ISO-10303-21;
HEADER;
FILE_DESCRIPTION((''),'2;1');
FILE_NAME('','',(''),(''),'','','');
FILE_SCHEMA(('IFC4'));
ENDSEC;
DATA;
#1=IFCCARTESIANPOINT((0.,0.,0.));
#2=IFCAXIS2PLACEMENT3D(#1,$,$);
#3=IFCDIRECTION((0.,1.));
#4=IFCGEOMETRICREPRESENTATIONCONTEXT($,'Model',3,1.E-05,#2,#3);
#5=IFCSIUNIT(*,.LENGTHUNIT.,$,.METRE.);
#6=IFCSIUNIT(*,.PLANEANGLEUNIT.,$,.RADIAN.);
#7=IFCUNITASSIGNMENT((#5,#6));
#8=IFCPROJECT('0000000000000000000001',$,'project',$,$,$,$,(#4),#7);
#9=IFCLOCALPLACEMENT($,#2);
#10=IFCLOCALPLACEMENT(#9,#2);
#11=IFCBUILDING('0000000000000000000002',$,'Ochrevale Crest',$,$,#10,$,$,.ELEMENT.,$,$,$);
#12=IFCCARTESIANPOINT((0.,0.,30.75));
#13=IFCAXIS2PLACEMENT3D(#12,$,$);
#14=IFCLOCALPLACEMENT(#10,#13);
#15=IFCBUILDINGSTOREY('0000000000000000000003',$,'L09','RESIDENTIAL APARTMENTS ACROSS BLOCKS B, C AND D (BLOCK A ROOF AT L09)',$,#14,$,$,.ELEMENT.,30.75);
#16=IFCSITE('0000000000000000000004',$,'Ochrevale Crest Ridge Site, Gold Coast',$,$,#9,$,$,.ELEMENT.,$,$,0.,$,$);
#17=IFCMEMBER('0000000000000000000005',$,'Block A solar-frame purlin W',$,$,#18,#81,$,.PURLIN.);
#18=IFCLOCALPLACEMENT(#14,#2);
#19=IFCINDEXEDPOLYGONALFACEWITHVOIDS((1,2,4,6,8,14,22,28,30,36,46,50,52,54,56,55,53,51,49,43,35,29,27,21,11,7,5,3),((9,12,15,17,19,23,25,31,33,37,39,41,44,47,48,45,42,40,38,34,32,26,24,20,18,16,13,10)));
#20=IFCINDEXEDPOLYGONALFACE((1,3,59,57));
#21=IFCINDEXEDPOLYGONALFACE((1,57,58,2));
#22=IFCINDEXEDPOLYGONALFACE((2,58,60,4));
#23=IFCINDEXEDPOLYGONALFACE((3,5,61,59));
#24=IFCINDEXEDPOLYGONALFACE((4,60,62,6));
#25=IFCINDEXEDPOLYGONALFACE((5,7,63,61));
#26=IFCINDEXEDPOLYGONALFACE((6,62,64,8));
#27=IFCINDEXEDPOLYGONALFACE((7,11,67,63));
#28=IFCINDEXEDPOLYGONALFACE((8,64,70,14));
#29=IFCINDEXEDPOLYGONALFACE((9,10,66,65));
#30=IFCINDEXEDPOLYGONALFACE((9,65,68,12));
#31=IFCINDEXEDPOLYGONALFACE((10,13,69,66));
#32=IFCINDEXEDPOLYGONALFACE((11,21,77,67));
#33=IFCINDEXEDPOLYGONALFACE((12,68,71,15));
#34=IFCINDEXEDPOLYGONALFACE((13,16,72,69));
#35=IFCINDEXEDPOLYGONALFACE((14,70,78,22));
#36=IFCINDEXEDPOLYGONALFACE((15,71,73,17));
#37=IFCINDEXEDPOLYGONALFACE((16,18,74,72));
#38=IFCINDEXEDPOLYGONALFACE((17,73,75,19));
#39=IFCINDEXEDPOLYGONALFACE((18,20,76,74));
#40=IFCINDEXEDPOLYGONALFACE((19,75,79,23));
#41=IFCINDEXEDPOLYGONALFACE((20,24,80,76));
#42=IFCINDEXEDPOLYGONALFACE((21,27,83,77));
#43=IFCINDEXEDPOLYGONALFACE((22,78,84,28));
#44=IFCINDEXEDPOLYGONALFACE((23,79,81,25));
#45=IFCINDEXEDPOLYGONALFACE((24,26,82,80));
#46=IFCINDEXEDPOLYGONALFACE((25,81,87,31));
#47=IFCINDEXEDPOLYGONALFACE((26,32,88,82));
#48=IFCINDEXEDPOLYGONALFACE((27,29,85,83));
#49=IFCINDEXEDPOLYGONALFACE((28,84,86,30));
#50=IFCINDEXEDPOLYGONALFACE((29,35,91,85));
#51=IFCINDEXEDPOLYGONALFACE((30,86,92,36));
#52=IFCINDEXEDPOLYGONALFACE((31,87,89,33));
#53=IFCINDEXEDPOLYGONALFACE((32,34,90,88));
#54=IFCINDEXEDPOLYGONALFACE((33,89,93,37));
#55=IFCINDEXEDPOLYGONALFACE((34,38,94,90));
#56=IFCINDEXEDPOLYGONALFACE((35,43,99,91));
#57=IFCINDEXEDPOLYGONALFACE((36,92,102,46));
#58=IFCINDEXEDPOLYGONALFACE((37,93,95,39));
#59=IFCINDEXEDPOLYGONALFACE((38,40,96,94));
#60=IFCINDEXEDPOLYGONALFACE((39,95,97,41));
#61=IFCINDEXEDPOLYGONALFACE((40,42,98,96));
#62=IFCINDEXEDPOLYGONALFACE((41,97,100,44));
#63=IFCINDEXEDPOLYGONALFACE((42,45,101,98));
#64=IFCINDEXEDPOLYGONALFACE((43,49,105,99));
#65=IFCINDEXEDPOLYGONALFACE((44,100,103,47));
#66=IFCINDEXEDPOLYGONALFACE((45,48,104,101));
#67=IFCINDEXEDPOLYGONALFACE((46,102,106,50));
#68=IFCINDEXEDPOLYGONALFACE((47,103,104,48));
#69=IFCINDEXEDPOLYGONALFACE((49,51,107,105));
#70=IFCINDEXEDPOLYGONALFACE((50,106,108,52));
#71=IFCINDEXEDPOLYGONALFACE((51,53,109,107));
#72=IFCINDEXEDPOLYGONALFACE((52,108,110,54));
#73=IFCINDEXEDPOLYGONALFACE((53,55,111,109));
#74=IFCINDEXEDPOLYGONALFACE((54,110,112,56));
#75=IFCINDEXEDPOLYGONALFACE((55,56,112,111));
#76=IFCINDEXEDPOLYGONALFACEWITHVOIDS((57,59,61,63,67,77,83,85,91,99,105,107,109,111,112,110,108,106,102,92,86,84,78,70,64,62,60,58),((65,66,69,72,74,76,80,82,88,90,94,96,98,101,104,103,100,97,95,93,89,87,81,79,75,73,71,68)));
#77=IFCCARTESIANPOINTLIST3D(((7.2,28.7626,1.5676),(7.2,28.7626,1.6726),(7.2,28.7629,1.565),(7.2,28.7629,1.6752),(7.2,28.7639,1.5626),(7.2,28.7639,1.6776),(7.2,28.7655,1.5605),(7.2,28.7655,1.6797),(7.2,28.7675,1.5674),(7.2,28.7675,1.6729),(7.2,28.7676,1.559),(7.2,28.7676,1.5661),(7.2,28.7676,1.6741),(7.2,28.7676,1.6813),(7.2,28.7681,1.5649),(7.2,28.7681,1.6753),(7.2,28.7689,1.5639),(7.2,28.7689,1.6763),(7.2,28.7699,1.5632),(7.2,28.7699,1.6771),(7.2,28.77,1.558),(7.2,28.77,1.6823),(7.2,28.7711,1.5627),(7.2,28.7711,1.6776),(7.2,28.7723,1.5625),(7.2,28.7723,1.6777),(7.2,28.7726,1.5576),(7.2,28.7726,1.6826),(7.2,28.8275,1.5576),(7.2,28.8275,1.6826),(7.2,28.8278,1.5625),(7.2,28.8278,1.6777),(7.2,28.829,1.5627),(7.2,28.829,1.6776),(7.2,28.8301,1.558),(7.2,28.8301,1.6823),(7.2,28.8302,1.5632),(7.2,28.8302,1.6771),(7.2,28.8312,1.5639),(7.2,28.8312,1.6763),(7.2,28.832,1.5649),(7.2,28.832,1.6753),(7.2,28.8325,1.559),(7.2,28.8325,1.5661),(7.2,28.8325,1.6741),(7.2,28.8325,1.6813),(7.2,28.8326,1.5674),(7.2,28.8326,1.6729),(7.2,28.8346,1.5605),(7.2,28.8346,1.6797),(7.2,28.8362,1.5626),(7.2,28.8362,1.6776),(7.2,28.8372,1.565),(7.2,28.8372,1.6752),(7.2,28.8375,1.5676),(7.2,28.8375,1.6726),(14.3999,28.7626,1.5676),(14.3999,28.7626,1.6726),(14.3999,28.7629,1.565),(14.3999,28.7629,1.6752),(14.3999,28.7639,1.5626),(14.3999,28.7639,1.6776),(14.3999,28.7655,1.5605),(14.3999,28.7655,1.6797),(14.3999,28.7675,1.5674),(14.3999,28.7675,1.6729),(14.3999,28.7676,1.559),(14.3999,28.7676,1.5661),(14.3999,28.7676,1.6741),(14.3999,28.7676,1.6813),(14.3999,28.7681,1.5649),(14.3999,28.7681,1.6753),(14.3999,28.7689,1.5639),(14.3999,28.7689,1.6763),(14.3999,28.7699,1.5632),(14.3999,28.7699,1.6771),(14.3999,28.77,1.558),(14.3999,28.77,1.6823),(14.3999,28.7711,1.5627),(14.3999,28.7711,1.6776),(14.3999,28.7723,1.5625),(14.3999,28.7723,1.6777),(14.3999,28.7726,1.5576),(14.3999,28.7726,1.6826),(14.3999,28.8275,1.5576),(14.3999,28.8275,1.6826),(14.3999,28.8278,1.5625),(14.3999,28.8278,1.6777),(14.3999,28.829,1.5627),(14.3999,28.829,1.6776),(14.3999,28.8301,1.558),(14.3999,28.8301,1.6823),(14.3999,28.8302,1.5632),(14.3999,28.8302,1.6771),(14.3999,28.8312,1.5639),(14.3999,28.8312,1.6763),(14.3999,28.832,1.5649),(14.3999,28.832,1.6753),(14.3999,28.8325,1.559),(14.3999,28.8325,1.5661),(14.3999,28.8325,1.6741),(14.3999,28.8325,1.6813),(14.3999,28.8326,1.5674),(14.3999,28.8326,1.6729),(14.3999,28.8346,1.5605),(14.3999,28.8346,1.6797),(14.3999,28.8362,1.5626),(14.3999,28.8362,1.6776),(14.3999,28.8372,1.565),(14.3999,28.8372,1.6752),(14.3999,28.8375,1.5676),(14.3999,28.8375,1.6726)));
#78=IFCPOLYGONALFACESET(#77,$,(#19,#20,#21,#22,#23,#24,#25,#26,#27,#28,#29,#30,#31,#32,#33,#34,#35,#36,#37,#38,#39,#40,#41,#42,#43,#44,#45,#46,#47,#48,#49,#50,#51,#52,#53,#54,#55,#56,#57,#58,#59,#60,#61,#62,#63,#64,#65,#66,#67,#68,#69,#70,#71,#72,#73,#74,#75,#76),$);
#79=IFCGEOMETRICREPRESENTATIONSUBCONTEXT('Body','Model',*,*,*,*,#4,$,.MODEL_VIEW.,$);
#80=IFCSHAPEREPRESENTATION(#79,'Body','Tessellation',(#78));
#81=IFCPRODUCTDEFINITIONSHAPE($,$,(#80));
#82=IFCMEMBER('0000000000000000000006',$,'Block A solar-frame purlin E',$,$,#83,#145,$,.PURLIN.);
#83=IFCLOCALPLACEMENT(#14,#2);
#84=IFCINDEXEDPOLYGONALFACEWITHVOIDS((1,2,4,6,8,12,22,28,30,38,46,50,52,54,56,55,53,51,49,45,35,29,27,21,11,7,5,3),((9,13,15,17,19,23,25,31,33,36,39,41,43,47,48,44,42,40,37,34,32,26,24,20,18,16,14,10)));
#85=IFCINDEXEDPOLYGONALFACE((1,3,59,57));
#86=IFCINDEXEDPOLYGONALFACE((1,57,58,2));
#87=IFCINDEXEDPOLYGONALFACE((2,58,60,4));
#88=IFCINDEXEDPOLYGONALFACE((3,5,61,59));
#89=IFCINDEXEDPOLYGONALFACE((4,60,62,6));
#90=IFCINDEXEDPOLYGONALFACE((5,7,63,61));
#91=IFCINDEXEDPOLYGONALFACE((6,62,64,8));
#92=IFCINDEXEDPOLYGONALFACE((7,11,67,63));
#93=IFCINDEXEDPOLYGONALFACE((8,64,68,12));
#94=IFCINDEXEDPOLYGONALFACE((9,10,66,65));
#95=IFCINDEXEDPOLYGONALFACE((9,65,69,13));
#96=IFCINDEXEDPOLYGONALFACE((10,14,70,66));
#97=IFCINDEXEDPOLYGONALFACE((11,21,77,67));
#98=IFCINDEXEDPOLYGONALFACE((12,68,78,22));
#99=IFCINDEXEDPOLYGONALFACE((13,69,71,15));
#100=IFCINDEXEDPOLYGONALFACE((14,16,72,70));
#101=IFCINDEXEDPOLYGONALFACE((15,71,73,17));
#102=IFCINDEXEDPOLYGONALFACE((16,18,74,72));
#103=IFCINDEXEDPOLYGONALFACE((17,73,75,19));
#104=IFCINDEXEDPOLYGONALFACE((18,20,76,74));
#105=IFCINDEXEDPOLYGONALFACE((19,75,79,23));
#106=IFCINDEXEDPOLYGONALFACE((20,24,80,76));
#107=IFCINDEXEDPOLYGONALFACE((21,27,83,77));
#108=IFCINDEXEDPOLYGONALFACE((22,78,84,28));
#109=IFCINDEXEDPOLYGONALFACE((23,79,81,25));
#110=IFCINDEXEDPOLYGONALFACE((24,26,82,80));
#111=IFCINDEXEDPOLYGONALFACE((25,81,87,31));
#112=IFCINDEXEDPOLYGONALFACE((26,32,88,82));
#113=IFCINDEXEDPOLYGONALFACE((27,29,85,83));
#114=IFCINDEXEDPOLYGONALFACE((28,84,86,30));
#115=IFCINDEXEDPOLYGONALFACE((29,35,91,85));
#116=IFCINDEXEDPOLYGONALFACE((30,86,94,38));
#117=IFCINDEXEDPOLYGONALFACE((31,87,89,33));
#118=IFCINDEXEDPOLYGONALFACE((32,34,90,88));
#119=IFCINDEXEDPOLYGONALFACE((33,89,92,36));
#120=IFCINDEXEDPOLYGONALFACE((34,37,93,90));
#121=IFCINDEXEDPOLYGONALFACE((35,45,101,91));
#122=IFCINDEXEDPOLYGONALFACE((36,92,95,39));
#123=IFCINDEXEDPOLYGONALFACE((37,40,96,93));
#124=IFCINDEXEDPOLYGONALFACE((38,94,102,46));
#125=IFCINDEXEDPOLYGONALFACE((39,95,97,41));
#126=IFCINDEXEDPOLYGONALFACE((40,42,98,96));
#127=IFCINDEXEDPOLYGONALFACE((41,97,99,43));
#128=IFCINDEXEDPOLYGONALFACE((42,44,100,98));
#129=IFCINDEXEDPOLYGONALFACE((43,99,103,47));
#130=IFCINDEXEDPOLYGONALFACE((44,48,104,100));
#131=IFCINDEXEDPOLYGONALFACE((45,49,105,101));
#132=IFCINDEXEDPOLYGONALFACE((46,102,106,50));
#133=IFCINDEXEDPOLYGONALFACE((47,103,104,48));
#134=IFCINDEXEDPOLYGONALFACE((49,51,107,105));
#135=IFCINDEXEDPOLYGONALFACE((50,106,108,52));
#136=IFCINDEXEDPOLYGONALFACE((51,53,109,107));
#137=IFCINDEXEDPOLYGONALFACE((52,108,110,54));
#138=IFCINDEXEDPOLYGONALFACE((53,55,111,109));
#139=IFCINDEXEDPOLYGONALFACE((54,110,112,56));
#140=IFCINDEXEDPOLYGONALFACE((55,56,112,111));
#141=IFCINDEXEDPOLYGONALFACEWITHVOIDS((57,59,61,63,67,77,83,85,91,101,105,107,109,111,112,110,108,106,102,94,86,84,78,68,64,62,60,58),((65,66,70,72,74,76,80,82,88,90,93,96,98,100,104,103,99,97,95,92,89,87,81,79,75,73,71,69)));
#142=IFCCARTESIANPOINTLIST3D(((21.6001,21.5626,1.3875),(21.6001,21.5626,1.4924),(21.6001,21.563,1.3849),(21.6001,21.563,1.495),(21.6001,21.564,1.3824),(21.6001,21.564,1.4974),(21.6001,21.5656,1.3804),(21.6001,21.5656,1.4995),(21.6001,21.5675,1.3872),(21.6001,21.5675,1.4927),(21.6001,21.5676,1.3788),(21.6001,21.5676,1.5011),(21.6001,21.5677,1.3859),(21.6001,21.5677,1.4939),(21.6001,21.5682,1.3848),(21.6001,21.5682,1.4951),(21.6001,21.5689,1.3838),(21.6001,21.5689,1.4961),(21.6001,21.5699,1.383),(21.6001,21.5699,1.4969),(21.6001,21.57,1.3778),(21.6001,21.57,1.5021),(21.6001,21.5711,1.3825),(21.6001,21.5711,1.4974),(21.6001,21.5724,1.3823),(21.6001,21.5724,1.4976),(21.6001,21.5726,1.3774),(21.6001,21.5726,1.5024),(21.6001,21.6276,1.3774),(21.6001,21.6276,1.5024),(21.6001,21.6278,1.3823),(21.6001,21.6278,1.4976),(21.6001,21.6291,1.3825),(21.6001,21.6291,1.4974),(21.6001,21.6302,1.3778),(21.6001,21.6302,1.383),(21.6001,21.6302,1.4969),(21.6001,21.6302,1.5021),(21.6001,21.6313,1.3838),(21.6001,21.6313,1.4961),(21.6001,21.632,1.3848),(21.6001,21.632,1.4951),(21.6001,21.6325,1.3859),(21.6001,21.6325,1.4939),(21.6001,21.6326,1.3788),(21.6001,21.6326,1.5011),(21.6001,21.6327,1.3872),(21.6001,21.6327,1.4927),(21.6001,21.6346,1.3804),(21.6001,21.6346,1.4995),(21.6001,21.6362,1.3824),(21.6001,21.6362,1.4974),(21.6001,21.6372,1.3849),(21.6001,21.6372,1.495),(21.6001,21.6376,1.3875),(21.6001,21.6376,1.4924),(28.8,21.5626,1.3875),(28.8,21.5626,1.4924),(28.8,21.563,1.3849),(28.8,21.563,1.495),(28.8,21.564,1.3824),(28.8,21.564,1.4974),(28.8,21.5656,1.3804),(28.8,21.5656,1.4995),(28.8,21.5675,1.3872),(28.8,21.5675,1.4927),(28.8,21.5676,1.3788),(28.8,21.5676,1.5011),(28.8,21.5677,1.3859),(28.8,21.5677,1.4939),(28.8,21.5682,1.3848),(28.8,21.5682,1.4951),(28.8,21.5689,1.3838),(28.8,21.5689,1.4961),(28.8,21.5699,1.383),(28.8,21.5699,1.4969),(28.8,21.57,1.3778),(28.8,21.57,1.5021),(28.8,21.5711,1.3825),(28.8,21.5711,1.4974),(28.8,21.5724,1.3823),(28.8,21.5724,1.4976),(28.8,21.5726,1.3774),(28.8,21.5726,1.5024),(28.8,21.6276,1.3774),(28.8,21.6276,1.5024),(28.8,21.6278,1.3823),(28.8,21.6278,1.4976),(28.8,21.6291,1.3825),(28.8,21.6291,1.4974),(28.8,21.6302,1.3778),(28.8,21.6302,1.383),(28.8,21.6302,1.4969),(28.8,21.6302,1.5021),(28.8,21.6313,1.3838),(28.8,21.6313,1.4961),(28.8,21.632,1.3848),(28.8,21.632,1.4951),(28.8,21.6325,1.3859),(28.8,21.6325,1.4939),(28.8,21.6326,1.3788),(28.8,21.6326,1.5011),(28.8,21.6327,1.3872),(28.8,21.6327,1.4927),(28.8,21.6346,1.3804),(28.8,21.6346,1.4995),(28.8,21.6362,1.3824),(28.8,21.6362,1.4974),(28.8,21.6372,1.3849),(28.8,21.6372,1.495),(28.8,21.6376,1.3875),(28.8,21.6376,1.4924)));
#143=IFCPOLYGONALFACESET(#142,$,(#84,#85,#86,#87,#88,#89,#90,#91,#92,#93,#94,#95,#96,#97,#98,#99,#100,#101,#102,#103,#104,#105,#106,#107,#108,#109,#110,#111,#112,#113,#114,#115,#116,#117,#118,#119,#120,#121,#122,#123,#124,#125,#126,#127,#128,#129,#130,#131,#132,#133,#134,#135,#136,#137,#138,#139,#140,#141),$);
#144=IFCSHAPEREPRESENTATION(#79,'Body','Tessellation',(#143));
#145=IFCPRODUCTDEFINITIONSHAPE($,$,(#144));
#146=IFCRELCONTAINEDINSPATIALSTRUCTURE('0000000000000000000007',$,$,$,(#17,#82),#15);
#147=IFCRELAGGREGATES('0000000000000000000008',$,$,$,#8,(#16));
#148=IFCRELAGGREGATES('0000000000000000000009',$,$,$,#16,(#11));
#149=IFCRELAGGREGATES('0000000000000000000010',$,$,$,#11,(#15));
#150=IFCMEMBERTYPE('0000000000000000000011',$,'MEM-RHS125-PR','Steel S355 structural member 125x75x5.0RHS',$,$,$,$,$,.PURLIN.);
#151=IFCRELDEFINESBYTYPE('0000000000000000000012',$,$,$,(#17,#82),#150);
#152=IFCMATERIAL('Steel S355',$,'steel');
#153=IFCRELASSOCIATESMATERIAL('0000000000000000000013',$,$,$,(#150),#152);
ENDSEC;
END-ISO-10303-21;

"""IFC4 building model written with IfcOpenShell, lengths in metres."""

from ifc_helpers import new_model, si_unit, direction, frame, origin, origin_2d, place, context, subcontext, project, spatial, hollow_rectangle, extrude, material, material_profile, profile_set, type_object, element, save


model = new_model("IFC4")

# Units and contexts
model_context = context("Model", 3, precision=1e-05, world=origin(), true_north=direction((0.0, 1.0)))
body_context = subcontext(model_context, "Body", "Model", "MODEL_VIEW")
ifc_project = project(units=[si_unit("LENGTHUNIT", "METRE"), si_unit("PLANEANGLEUNIT", "RADIAN")], contexts=[model_context])

# Site, building, storey
site_placement = place(None, origin())
site = spatial("IfcSite", under=ifc_project, at=site_placement, Name="Ochrevale Crest Ridge Site, Gold Coast", CompositionType="ELEMENT", RefElevation=0.0)
building_placement = place(site_placement, origin())
building = spatial("IfcBuilding", under=site, at=building_placement, Name="Ochrevale Crest", CompositionType="ELEMENT")
storey_placement = place(building_placement, frame((0.0, 0.0, 30.75)))
storey = spatial("IfcBuildingStorey", under=building, at=storey_placement, Name="L09", Description="RESIDENTIAL APARTMENTS ACROSS BLOCKS B, C AND D (BLOCK A ROOF AT L09)", CompositionType="ELEMENT", Elevation=30.75)

# Shared definitions
ifc_material_1 = material(Name="Steel S355", Category="steel")

# Members
ifc_material_profile_1 = material_profile(ifc_material_1, hollow_rectangle(XDim=0.075, YDim=0.125, WallThickness=0.0049, InnerFilletRadius=0.0049, OuterFilletRadius=0.01, at=origin_2d()), Name="125x75x5.0RHS")
ifc_profile_set_1 = profile_set([ifc_material_profile_1], Name="Steel S355")
member_type_1 = type_object("IfcMemberType", Name="MEM-RHS125-PR", Description="Steel S355 structural member 125x75x5.0RHS", PredefinedType="PURLIN", material=ifc_profile_set_1)
for number, where, z_axis, x_axis, name in (
    (1, (7.2, 28.8, 1.6201), (1.0, 0.0, 0.0), (0.0, 1.0, 0.0), "Block A solar-frame purlin W"),
    (2, (21.6001, 21.6001, 1.4399), (1.0, 0.0, 0.0), (0.0, 1.0, 0.0), "Block A solar-frame purlin E"),
):
    element("IfcMember", number, at=place(storey_placement, frame(where, z_axis=z_axis, x_axis=x_axis)), inside=storey, type_object=member_type_1, Name=name, PredefinedType="PURLIN", context=body_context, shape_type="SweptSolid", body=[
        extrude(hollow_rectangle(XDim=0.075, YDim=0.125, WallThickness=0.0049, InnerFilletRadius=0.0049, OuterFilletRadius=0.01, at=origin_2d()), origin(), (0.0, 0.0, 1.0), 7.2),
    ])

save(model, "model.ifc")
